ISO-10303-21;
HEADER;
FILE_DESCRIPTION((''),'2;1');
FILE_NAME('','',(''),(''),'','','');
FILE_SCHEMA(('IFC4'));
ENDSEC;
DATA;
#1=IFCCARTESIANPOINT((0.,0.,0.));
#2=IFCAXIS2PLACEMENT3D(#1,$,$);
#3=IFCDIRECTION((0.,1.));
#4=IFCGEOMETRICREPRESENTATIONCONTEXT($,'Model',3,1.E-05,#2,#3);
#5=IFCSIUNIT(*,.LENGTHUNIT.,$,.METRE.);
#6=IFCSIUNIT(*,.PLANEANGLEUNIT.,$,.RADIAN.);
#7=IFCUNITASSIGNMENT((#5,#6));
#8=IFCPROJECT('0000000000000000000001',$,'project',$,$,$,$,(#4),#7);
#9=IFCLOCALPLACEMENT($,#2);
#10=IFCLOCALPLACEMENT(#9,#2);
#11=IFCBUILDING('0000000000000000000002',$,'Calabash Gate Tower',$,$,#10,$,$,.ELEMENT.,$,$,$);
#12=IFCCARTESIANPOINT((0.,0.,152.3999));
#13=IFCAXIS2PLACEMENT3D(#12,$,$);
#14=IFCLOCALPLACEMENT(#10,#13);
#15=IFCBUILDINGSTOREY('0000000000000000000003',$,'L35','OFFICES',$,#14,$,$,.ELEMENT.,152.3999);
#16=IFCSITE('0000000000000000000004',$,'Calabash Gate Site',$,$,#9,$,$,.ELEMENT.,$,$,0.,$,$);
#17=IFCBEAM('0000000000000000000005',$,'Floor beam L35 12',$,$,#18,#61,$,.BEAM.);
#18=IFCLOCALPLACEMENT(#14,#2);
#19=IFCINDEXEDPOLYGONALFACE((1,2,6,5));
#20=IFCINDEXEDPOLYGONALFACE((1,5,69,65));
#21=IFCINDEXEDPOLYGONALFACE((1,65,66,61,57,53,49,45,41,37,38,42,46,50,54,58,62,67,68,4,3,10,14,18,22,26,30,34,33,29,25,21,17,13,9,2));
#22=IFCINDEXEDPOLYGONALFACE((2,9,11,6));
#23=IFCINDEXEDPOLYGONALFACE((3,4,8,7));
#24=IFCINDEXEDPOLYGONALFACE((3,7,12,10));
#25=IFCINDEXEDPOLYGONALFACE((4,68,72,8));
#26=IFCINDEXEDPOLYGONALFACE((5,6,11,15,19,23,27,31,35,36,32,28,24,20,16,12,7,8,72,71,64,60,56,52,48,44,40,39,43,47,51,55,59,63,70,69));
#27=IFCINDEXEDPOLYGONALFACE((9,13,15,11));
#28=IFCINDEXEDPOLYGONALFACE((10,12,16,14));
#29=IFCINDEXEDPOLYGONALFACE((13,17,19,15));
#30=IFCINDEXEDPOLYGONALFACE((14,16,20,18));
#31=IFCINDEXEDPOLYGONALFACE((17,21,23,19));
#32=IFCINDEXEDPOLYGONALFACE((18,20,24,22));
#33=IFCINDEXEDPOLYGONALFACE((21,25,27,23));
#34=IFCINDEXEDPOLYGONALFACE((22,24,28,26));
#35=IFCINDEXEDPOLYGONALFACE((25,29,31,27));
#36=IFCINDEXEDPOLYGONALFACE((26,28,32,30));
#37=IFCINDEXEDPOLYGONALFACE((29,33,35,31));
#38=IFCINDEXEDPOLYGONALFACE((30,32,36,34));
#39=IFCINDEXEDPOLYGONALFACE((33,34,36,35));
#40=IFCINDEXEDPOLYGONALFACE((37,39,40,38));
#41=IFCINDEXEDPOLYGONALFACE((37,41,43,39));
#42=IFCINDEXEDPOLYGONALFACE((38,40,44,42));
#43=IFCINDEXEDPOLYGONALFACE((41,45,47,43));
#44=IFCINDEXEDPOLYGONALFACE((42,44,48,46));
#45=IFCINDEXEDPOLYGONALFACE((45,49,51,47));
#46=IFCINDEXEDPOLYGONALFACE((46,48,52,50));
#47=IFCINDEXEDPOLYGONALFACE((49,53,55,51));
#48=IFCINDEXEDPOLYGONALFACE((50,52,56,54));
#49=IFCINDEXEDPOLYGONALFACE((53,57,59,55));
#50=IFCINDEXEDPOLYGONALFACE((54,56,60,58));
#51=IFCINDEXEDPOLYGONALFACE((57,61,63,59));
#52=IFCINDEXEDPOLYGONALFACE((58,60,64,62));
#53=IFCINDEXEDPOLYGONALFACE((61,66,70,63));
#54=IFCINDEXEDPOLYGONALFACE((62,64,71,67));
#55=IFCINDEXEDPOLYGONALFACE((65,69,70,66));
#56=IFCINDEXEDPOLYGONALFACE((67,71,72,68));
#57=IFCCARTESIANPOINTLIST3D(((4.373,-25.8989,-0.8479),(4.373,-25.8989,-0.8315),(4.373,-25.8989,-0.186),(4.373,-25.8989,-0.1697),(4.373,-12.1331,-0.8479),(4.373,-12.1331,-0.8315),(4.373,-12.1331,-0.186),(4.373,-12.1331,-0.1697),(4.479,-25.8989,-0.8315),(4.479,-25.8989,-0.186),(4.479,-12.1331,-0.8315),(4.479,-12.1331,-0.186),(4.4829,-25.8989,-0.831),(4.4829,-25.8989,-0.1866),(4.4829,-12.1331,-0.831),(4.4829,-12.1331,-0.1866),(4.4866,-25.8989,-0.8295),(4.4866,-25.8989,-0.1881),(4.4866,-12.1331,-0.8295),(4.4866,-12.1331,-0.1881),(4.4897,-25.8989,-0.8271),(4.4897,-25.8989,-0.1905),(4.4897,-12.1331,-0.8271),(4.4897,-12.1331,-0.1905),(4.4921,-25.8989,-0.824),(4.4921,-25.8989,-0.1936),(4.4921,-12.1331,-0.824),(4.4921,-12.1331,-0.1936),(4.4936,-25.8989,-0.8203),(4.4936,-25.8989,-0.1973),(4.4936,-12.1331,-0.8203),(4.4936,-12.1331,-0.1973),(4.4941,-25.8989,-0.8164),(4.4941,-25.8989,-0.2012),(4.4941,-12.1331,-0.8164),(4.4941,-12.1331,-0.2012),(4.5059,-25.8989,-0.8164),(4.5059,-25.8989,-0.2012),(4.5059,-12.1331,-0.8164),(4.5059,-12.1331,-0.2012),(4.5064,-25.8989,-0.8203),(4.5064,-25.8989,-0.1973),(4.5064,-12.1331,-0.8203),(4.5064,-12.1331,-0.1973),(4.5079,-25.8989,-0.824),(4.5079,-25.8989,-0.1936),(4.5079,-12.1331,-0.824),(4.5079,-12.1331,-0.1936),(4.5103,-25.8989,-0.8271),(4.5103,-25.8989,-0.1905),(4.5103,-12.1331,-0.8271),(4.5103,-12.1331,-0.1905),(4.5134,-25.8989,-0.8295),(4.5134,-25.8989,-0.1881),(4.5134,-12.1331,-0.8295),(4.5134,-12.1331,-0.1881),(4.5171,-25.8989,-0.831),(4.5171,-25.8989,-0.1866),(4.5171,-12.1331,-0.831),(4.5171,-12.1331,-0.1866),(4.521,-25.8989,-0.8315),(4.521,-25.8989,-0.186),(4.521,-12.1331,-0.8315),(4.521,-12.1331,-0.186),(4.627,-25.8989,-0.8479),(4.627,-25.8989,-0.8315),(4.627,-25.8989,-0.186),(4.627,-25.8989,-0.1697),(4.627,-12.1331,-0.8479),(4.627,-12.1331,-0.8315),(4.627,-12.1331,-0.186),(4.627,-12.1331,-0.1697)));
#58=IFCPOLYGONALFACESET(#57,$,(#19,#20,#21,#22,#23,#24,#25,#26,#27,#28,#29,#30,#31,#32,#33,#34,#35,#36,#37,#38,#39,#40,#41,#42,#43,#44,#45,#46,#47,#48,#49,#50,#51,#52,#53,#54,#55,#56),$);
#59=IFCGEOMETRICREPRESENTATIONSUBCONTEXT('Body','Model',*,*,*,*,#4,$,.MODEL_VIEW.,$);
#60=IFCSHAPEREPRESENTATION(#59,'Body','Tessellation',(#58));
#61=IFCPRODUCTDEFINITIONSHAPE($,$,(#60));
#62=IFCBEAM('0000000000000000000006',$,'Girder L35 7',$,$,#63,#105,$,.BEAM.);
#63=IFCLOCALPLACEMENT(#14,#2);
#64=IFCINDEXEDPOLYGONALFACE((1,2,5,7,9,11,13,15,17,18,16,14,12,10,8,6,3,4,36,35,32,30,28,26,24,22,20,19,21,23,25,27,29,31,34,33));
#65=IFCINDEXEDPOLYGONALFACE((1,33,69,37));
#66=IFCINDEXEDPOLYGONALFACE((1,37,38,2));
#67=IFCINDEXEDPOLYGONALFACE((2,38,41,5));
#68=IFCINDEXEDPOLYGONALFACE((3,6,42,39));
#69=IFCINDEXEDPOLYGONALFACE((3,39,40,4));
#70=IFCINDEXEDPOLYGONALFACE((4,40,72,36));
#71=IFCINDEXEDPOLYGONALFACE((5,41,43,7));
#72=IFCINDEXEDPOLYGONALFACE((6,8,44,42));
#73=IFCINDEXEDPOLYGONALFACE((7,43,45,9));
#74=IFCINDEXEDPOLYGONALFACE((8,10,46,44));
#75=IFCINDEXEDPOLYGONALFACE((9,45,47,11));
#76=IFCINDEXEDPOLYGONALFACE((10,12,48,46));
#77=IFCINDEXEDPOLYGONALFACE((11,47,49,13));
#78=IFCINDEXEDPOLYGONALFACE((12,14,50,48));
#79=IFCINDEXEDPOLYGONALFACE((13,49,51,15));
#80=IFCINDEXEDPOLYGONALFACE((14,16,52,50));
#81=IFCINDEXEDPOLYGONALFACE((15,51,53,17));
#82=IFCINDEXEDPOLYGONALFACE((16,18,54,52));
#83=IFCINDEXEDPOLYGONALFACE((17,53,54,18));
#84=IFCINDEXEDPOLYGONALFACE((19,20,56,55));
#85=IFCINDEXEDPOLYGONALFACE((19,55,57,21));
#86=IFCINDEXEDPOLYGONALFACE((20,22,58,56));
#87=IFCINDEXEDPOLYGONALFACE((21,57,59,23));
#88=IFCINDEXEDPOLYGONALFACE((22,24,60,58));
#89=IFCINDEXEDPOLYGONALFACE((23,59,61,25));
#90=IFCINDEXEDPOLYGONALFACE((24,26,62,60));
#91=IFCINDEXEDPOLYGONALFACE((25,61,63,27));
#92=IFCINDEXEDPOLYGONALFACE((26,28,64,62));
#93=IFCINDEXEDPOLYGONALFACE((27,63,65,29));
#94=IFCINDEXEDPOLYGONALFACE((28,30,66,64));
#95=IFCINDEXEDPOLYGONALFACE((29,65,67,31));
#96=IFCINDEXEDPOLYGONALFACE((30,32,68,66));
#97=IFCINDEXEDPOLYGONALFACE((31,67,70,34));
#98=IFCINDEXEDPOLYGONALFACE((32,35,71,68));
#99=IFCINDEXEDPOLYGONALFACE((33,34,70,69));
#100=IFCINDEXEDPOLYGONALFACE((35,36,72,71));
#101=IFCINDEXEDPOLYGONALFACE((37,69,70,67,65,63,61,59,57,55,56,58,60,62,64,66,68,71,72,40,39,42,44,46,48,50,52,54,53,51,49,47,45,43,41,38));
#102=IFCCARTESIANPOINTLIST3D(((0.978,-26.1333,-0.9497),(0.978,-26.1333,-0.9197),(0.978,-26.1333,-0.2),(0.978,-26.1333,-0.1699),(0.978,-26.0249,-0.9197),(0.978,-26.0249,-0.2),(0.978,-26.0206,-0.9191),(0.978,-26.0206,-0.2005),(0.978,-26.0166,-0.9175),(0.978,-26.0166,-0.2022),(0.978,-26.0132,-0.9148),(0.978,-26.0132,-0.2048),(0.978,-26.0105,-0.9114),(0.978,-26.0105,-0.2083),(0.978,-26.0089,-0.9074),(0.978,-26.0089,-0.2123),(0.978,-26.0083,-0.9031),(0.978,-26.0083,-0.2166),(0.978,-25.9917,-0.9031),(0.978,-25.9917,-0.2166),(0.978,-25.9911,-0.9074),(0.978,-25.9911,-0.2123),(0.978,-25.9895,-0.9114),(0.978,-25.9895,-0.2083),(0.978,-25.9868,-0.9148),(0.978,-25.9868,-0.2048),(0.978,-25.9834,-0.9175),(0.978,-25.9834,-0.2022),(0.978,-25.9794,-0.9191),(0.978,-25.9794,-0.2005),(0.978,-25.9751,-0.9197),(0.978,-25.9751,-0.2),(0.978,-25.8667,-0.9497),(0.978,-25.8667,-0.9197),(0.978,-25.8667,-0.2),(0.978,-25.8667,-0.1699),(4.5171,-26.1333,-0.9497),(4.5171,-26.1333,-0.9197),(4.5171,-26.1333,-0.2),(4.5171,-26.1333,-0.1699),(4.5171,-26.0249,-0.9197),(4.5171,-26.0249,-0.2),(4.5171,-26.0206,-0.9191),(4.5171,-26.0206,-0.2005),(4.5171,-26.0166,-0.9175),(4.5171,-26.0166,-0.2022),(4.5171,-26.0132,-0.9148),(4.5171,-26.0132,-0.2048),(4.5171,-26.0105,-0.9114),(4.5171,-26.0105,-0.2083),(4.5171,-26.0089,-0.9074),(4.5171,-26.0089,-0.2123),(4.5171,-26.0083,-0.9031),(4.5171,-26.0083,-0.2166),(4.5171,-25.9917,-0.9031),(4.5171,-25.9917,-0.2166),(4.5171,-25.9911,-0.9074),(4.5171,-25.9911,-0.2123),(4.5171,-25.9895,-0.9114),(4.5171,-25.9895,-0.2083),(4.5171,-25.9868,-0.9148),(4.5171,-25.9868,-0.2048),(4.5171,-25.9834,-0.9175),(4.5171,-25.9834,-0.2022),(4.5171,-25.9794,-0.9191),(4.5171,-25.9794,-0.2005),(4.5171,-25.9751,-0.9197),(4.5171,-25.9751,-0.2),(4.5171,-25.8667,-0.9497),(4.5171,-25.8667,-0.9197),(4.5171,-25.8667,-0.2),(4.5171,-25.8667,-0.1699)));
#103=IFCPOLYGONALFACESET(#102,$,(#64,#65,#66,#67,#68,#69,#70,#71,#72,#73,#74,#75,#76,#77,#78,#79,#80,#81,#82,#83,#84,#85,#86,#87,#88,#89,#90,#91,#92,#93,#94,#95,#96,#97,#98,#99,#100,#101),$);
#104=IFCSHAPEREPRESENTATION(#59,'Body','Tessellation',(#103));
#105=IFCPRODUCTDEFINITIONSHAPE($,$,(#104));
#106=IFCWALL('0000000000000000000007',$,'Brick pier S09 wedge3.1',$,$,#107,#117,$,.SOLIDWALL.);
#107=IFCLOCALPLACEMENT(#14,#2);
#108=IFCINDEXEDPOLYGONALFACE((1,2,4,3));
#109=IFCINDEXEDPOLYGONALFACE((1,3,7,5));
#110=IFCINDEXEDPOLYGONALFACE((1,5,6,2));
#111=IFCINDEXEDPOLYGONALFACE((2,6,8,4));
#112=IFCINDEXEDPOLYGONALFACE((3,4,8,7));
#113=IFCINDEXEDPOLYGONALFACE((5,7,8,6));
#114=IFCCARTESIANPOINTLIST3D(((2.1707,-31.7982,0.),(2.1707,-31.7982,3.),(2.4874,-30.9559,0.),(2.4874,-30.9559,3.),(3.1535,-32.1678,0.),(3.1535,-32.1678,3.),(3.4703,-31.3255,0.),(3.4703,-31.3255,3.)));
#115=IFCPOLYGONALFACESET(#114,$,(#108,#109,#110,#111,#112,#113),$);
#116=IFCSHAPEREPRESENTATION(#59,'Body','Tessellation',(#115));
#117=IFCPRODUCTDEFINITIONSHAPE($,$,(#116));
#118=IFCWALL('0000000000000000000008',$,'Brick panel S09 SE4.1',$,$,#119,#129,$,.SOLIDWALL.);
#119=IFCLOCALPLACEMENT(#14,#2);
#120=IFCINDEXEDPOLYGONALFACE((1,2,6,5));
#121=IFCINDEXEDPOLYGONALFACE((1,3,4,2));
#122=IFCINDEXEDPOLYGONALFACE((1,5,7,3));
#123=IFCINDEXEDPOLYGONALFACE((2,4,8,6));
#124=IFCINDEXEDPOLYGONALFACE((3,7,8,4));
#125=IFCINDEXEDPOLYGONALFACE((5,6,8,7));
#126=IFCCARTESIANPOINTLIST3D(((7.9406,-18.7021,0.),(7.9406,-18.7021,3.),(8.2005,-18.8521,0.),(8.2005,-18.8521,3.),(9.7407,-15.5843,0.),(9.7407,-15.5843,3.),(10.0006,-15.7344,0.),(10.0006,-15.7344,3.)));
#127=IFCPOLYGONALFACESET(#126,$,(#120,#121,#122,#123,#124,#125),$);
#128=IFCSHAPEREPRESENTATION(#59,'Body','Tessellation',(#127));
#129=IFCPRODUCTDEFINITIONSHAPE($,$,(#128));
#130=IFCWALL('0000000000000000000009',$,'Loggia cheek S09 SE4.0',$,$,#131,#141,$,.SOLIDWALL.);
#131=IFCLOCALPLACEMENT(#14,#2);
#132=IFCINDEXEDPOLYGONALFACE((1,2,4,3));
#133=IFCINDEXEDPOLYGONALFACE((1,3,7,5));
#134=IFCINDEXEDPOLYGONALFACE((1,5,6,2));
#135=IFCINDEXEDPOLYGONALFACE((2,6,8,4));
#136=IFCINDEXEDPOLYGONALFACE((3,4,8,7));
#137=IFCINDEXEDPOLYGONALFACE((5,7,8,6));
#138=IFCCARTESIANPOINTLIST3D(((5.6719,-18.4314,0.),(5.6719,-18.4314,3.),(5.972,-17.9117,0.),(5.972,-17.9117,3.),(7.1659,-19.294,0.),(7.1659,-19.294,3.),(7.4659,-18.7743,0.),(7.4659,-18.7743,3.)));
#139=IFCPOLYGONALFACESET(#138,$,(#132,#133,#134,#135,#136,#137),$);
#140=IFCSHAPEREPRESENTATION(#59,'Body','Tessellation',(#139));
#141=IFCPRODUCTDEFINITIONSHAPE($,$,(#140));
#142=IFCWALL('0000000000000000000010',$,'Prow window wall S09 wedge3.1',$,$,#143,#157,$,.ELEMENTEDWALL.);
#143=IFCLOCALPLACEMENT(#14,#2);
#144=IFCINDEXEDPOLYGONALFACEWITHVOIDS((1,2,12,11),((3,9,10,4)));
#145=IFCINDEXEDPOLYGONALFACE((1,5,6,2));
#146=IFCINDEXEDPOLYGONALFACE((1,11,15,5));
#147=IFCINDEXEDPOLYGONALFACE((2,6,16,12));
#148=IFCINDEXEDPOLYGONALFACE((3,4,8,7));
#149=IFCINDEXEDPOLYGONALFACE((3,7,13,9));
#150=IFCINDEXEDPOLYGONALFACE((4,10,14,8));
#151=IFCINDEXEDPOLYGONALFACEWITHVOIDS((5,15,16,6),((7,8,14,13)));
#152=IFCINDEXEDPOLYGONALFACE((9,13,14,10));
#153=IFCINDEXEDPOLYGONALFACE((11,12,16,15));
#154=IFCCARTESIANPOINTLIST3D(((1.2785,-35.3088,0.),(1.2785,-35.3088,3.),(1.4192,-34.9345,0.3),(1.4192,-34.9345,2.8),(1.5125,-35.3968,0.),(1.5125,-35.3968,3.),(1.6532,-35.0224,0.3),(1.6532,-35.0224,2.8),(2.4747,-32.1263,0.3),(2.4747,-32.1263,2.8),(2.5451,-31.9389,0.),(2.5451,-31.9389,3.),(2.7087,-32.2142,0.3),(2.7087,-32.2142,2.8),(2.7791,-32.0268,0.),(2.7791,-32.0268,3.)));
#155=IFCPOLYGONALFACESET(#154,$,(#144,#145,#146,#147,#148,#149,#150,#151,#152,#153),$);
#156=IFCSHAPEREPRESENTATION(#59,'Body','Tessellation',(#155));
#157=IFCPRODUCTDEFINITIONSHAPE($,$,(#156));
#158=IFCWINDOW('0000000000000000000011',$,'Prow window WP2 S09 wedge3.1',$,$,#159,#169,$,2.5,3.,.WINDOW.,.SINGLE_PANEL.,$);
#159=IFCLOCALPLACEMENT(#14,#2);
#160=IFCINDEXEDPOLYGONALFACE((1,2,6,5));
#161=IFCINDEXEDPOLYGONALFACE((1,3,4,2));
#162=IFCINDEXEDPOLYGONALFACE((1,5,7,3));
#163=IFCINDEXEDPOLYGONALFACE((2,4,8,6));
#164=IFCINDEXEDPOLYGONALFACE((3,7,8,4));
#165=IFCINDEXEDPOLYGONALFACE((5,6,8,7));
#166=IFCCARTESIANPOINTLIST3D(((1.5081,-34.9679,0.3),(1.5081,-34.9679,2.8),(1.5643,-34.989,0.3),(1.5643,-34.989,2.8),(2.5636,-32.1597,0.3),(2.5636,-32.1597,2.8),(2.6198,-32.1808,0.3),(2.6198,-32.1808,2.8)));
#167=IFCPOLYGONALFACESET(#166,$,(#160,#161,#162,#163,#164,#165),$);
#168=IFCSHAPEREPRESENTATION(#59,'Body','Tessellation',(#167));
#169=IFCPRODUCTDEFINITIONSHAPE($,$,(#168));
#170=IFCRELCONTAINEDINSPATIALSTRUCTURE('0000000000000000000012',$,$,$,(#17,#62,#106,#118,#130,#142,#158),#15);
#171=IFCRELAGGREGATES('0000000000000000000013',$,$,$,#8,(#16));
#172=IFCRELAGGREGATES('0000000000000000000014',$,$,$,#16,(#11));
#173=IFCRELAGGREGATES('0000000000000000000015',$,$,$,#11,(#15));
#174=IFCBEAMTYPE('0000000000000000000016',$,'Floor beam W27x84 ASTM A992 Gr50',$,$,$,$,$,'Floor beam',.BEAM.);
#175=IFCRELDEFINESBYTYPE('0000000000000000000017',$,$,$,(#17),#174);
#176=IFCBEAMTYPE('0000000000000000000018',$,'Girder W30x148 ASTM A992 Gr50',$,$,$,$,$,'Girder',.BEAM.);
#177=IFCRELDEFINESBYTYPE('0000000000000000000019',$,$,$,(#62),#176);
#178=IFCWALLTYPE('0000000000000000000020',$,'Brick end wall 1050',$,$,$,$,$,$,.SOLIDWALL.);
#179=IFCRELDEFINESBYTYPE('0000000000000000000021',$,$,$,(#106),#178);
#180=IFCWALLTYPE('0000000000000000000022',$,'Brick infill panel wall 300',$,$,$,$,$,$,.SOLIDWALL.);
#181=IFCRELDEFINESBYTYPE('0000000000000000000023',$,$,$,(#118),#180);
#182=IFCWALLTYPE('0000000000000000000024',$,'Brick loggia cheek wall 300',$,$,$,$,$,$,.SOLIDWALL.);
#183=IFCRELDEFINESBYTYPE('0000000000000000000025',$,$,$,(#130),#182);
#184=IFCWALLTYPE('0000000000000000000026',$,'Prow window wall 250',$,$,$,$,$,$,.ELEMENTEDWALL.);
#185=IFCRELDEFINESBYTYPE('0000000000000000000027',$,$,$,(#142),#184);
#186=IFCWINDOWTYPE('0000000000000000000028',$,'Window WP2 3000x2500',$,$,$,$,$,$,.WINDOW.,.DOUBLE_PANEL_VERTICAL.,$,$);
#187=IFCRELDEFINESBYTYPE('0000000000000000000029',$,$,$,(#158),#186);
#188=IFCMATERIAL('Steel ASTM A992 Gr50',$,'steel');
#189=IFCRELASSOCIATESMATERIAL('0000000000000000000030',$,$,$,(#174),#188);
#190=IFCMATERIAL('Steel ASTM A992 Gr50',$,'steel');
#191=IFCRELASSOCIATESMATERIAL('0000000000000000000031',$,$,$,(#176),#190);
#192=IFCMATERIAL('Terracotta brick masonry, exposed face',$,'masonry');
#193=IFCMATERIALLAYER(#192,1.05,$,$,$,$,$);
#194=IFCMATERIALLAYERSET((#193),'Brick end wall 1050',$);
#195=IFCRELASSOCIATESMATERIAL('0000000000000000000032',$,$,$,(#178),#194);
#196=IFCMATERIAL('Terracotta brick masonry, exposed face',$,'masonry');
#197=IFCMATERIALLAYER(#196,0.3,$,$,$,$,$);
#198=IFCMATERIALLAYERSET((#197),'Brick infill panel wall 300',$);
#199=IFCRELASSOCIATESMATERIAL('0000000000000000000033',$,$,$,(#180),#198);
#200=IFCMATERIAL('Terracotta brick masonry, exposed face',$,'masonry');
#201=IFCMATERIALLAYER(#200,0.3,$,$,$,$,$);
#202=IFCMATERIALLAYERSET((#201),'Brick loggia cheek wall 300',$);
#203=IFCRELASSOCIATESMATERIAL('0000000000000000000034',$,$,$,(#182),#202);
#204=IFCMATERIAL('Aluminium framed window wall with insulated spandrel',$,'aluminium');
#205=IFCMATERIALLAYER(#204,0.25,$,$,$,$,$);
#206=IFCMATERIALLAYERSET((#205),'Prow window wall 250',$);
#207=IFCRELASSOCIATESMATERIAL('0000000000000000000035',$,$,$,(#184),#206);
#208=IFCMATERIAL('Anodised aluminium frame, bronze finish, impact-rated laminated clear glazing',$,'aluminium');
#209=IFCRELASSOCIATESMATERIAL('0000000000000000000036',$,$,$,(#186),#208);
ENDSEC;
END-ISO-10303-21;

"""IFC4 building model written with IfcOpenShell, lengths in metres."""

from ifc_helpers import new_model, si_unit, direction, frame, frame_2d, origin, origin_2d, place, context, subcontext, project, spatial, rectangle, i_section, extrude, material, layer, layer_set, material_profile, profile_set, type_object, element, fill, save


model = new_model("IFC4")

# Units and contexts
model_context = context("Model", 3, precision=1e-05, world=origin(), true_north=direction((0.0, 1.0)))
body_context = subcontext(model_context, "Body", "Model", "MODEL_VIEW")
ifc_project = project(units=[si_unit("LENGTHUNIT", "METRE"), si_unit("PLANEANGLEUNIT", "RADIAN")], contexts=[model_context])

# Site, building, storey
site_placement = place(None, origin())
site = spatial("IfcSite", under=ifc_project, at=site_placement, Name="Calabash Gate Site", CompositionType="ELEMENT", RefElevation=0.0)
building_placement = place(site_placement, origin())
building = spatial("IfcBuilding", under=site, at=building_placement, Name="Calabash Gate Tower", CompositionType="ELEMENT")
storey_placement = place(building_placement, frame((0.0, 0.0, 152.3999)))
storey = spatial("IfcBuildingStorey", under=building, at=storey_placement, Name="L35", Description="OFFICES", CompositionType="ELEMENT", Elevation=152.3999)

# Beams
ifc_material_1 = material(Name="Steel ASTM A992 Gr50", Category="steel")
ifc_material_profile_1 = material_profile(ifc_material_1, i_section(OverallWidth=0.2539, OverallDepth=0.6782, WebThickness=0.0117, FlangeThickness=0.0164, FilletRadius=0.0151, at=origin_2d()))
ifc_profile_set_1 = profile_set([ifc_material_profile_1], Name="Steel ASTM A992 Gr50")
beam_type_1 = type_object("IfcBeamType", Name="Floor beam W27x84 ASTM A992 Gr50", ElementType="Floor beam", PredefinedType="BEAM", material=ifc_profile_set_1)
beam_1_placement = place(storey_placement, frame((4.5, -25.8989, -0.5088), z_axis=(0.0, 1.0, 0.0), x_axis=(-1.0, 0.0, 0.0)))
element("IfcBeam", 1, at=beam_1_placement, inside=storey, type_object=beam_type_1, Name="Floor beam L35 12", PredefinedType="BEAM", context=body_context, shape_type="SweptSolid", body=[
    extrude(i_section(OverallWidth=0.2539, OverallDepth=0.6782, WebThickness=0.0117, FlangeThickness=0.0164, FilletRadius=0.0151, at=origin_2d()), origin(), (0.0, 0.0, 1.0), 13.7659),
])
ifc_material_2 = material(Name="Steel ASTM A992 Gr50", Category="steel")
ifc_material_profile_2 = material_profile(ifc_material_2, i_section(OverallWidth=0.2666, OverallDepth=0.7798, WebThickness=0.0166, FlangeThickness=0.03, FilletRadius=0.0166, at=origin_2d()))
ifc_profile_set_2 = profile_set([ifc_material_profile_2], Name="Steel ASTM A992 Gr50")
beam_type_2 = type_object("IfcBeamType", Name="Girder W30x148 ASTM A992 Gr50", ElementType="Girder", PredefinedType="BEAM", material=ifc_profile_set_2)
beam_2_placement = place(storey_placement, frame((0.978, -26.0, -0.5598), z_axis=(1.0, 0.0, 0.0), x_axis=(0.0, 1.0, 0.0)))
element("IfcBeam", 2, at=beam_2_placement, inside=storey, type_object=beam_type_2, Name="Girder L35 7", PredefinedType="BEAM", context=body_context, shape_type="SweptSolid", body=[
    extrude(i_section(OverallWidth=0.2666, OverallDepth=0.7798, WebThickness=0.0166, FlangeThickness=0.03, FilletRadius=0.0166, at=origin_2d()), origin(), (0.0, 0.0, 1.0), 3.5391),
])

# Walls
ifc_material_3 = material(Name="Terracotta brick masonry, exposed face", Category="masonry")
ifc_layer_1 = layer(ifc_material_3, 1.05)
ifc_layer_set_1 = layer_set([ifc_layer_1], Name="Brick end wall 1050")
wall_type_1 = type_object("IfcWallType", Name="Brick end wall 1050", PredefinedType="SOLIDWALL", material=ifc_layer_set_1)
wall_1_placement = place(storey_placement, frame((3.3118, -31.7466, 0.0), z_axis=(0.0, 0.0, 1.0), x_axis=(-0.936004, 0.35199, 0.0)))
element("IfcWall", 3, at=wall_1_placement, inside=storey, type_object=wall_type_1, Name="Brick pier S09 wedge3.1", PredefinedType="SOLIDWALL", context=body_context, shape_type="SweptSolid", body=[
    extrude(rectangle(XDim=1.05, YDim=0.8999, at=frame_2d((0.5249, 0.0))), origin(), (0.0, 0.0, 1.0), 3.0),
])
ifc_material_4 = material(Name="Terracotta brick masonry, exposed face", Category="masonry")
ifc_layer_2 = layer(ifc_material_4, 0.3)
ifc_layer_set_2 = layer_set([ifc_layer_2], Name="Brick infill panel wall 300")
wall_type_2 = type_object("IfcWallType", Name="Brick infill panel wall 300", PredefinedType="SOLIDWALL", material=ifc_layer_set_2)
wall_2_placement = place(storey_placement, frame((8.0706, -18.7771, 0.0), z_axis=(0.0, 0.0, 1.0), x_axis=(0.500012, 0.866018, 0.0)))
element("IfcWall", 4, at=wall_2_placement, inside=storey, type_object=wall_type_2, Name="Brick panel S09 SE4.1", PredefinedType="SOLIDWALL", context=body_context, shape_type="SweptSolid", body=[
    extrude(rectangle(XDim=3.6001, YDim=0.3, at=frame_2d((1.8, 0.0))), origin(), (0.0, 0.0, 1.0), 3.0),
])
ifc_material_5 = material(Name="Terracotta brick masonry, exposed face", Category="masonry")
ifc_layer_3 = layer(ifc_material_5, 0.3)
ifc_layer_set_3 = layer_set([ifc_layer_3], Name="Brick loggia cheek wall 300")
wall_type_3 = type_object("IfcWallType", Name="Brick loggia cheek wall 300", PredefinedType="SOLIDWALL", material=ifc_layer_set_3)
wall_3_placement = place(storey_placement, frame((7.3159, -19.0342, 0.0), z_axis=(0.0, 0.0, 1.0), x_axis=(-0.866014, 0.500021, 0.0)))
element("IfcWall", 5, at=wall_3_placement, inside=storey, type_object=wall_type_3, Name="Loggia cheek S09 SE4.0", PredefinedType="SOLIDWALL", context=body_context, shape_type="SweptSolid", body=[
    extrude(rectangle(XDim=1.7251, YDim=0.6001, at=frame_2d((0.8625, 0.0))), origin(), (0.0, 0.0, 1.0), 3.0),
])

# Wall, opening, window
ifc_material_6 = material(Name="Aluminium framed window wall with insulated spandrel", Category="aluminium")
ifc_layer_4 = layer(ifc_material_6, 0.25)
ifc_layer_set_4 = layer_set([ifc_layer_4], Name="Prow window wall 250")
wall_type_4 = type_object("IfcWallType", Name="Prow window wall 250", PredefinedType="ELEMENTEDWALL", material=ifc_layer_set_4)
wall_4_placement = place(storey_placement, frame((1.3955, -35.3528, 0.0), z_axis=(0.0, 0.0, 1.0), x_axis=(0.351829, 0.936064, 0.0)))
wall_4 = element("IfcWall", 6, at=wall_4_placement, inside=storey, type_object=wall_type_4, Name="Prow window wall S09 wedge3.1", PredefinedType="ELEMENTEDWALL", context=body_context, shape_type="SweptSolid", body=[
    extrude(rectangle(XDim=3.6001, YDim=0.25, at=frame_2d((1.8, 0.0))), origin(), (0.0, 0.0, 1.0), 3.0),
])
opening_1_placement = place(wall_4_placement, frame((0.3999, 0.0, 0.3)))
opening_1 = element("IfcOpeningElement", 7, at=opening_1_placement, cuts=wall_4, PredefinedType="OPENING", context=body_context, shape_type="SweptSolid", body=[
    extrude(rectangle(XDim=3.0, YDim=2.5, at=frame_2d((1.5, 1.25))), frame((0.0, 0.135, 0.0), z_axis=(0.0, -1.0, 0.0), x_axis=(1.0, 0.0, 0.0)), (0.0, 0.0, 1.0), 0.27),
])
ifc_material_7 = material(Name="Anodised aluminium frame, bronze finish, impact-rated laminated clear glazing", Category="aluminium")
window_type_1 = type_object("IfcWindowType", Name="Window WP2 3000x2500", PartitioningType="DOUBLE_PANEL_VERTICAL", PredefinedType="WINDOW", material=ifc_material_7)
window_1_placement = place(opening_1_placement, origin())
window_1 = element("IfcWindow", 8, at=window_1_placement, inside=storey, type_object=window_type_1, Name="Prow window WP2 S09 wedge3.1", OverallHeight=2.5, OverallWidth=3.0, PartitioningType="SINGLE_PANEL", PredefinedType="WINDOW", context=body_context, shape_type="SweptSolid", body=[
    extrude(rectangle(XDim=3.0, YDim=2.5, at=frame_2d((1.5, 1.25))), frame((0.0, 0.03, 0.0), z_axis=(0.0, -1.0, 0.0), x_axis=(1.0, 0.0, 0.0)), (0.0, 0.0, 1.0), 0.0601),
])
fill(opening_1, window_1)

save(model, "model.ifc")
